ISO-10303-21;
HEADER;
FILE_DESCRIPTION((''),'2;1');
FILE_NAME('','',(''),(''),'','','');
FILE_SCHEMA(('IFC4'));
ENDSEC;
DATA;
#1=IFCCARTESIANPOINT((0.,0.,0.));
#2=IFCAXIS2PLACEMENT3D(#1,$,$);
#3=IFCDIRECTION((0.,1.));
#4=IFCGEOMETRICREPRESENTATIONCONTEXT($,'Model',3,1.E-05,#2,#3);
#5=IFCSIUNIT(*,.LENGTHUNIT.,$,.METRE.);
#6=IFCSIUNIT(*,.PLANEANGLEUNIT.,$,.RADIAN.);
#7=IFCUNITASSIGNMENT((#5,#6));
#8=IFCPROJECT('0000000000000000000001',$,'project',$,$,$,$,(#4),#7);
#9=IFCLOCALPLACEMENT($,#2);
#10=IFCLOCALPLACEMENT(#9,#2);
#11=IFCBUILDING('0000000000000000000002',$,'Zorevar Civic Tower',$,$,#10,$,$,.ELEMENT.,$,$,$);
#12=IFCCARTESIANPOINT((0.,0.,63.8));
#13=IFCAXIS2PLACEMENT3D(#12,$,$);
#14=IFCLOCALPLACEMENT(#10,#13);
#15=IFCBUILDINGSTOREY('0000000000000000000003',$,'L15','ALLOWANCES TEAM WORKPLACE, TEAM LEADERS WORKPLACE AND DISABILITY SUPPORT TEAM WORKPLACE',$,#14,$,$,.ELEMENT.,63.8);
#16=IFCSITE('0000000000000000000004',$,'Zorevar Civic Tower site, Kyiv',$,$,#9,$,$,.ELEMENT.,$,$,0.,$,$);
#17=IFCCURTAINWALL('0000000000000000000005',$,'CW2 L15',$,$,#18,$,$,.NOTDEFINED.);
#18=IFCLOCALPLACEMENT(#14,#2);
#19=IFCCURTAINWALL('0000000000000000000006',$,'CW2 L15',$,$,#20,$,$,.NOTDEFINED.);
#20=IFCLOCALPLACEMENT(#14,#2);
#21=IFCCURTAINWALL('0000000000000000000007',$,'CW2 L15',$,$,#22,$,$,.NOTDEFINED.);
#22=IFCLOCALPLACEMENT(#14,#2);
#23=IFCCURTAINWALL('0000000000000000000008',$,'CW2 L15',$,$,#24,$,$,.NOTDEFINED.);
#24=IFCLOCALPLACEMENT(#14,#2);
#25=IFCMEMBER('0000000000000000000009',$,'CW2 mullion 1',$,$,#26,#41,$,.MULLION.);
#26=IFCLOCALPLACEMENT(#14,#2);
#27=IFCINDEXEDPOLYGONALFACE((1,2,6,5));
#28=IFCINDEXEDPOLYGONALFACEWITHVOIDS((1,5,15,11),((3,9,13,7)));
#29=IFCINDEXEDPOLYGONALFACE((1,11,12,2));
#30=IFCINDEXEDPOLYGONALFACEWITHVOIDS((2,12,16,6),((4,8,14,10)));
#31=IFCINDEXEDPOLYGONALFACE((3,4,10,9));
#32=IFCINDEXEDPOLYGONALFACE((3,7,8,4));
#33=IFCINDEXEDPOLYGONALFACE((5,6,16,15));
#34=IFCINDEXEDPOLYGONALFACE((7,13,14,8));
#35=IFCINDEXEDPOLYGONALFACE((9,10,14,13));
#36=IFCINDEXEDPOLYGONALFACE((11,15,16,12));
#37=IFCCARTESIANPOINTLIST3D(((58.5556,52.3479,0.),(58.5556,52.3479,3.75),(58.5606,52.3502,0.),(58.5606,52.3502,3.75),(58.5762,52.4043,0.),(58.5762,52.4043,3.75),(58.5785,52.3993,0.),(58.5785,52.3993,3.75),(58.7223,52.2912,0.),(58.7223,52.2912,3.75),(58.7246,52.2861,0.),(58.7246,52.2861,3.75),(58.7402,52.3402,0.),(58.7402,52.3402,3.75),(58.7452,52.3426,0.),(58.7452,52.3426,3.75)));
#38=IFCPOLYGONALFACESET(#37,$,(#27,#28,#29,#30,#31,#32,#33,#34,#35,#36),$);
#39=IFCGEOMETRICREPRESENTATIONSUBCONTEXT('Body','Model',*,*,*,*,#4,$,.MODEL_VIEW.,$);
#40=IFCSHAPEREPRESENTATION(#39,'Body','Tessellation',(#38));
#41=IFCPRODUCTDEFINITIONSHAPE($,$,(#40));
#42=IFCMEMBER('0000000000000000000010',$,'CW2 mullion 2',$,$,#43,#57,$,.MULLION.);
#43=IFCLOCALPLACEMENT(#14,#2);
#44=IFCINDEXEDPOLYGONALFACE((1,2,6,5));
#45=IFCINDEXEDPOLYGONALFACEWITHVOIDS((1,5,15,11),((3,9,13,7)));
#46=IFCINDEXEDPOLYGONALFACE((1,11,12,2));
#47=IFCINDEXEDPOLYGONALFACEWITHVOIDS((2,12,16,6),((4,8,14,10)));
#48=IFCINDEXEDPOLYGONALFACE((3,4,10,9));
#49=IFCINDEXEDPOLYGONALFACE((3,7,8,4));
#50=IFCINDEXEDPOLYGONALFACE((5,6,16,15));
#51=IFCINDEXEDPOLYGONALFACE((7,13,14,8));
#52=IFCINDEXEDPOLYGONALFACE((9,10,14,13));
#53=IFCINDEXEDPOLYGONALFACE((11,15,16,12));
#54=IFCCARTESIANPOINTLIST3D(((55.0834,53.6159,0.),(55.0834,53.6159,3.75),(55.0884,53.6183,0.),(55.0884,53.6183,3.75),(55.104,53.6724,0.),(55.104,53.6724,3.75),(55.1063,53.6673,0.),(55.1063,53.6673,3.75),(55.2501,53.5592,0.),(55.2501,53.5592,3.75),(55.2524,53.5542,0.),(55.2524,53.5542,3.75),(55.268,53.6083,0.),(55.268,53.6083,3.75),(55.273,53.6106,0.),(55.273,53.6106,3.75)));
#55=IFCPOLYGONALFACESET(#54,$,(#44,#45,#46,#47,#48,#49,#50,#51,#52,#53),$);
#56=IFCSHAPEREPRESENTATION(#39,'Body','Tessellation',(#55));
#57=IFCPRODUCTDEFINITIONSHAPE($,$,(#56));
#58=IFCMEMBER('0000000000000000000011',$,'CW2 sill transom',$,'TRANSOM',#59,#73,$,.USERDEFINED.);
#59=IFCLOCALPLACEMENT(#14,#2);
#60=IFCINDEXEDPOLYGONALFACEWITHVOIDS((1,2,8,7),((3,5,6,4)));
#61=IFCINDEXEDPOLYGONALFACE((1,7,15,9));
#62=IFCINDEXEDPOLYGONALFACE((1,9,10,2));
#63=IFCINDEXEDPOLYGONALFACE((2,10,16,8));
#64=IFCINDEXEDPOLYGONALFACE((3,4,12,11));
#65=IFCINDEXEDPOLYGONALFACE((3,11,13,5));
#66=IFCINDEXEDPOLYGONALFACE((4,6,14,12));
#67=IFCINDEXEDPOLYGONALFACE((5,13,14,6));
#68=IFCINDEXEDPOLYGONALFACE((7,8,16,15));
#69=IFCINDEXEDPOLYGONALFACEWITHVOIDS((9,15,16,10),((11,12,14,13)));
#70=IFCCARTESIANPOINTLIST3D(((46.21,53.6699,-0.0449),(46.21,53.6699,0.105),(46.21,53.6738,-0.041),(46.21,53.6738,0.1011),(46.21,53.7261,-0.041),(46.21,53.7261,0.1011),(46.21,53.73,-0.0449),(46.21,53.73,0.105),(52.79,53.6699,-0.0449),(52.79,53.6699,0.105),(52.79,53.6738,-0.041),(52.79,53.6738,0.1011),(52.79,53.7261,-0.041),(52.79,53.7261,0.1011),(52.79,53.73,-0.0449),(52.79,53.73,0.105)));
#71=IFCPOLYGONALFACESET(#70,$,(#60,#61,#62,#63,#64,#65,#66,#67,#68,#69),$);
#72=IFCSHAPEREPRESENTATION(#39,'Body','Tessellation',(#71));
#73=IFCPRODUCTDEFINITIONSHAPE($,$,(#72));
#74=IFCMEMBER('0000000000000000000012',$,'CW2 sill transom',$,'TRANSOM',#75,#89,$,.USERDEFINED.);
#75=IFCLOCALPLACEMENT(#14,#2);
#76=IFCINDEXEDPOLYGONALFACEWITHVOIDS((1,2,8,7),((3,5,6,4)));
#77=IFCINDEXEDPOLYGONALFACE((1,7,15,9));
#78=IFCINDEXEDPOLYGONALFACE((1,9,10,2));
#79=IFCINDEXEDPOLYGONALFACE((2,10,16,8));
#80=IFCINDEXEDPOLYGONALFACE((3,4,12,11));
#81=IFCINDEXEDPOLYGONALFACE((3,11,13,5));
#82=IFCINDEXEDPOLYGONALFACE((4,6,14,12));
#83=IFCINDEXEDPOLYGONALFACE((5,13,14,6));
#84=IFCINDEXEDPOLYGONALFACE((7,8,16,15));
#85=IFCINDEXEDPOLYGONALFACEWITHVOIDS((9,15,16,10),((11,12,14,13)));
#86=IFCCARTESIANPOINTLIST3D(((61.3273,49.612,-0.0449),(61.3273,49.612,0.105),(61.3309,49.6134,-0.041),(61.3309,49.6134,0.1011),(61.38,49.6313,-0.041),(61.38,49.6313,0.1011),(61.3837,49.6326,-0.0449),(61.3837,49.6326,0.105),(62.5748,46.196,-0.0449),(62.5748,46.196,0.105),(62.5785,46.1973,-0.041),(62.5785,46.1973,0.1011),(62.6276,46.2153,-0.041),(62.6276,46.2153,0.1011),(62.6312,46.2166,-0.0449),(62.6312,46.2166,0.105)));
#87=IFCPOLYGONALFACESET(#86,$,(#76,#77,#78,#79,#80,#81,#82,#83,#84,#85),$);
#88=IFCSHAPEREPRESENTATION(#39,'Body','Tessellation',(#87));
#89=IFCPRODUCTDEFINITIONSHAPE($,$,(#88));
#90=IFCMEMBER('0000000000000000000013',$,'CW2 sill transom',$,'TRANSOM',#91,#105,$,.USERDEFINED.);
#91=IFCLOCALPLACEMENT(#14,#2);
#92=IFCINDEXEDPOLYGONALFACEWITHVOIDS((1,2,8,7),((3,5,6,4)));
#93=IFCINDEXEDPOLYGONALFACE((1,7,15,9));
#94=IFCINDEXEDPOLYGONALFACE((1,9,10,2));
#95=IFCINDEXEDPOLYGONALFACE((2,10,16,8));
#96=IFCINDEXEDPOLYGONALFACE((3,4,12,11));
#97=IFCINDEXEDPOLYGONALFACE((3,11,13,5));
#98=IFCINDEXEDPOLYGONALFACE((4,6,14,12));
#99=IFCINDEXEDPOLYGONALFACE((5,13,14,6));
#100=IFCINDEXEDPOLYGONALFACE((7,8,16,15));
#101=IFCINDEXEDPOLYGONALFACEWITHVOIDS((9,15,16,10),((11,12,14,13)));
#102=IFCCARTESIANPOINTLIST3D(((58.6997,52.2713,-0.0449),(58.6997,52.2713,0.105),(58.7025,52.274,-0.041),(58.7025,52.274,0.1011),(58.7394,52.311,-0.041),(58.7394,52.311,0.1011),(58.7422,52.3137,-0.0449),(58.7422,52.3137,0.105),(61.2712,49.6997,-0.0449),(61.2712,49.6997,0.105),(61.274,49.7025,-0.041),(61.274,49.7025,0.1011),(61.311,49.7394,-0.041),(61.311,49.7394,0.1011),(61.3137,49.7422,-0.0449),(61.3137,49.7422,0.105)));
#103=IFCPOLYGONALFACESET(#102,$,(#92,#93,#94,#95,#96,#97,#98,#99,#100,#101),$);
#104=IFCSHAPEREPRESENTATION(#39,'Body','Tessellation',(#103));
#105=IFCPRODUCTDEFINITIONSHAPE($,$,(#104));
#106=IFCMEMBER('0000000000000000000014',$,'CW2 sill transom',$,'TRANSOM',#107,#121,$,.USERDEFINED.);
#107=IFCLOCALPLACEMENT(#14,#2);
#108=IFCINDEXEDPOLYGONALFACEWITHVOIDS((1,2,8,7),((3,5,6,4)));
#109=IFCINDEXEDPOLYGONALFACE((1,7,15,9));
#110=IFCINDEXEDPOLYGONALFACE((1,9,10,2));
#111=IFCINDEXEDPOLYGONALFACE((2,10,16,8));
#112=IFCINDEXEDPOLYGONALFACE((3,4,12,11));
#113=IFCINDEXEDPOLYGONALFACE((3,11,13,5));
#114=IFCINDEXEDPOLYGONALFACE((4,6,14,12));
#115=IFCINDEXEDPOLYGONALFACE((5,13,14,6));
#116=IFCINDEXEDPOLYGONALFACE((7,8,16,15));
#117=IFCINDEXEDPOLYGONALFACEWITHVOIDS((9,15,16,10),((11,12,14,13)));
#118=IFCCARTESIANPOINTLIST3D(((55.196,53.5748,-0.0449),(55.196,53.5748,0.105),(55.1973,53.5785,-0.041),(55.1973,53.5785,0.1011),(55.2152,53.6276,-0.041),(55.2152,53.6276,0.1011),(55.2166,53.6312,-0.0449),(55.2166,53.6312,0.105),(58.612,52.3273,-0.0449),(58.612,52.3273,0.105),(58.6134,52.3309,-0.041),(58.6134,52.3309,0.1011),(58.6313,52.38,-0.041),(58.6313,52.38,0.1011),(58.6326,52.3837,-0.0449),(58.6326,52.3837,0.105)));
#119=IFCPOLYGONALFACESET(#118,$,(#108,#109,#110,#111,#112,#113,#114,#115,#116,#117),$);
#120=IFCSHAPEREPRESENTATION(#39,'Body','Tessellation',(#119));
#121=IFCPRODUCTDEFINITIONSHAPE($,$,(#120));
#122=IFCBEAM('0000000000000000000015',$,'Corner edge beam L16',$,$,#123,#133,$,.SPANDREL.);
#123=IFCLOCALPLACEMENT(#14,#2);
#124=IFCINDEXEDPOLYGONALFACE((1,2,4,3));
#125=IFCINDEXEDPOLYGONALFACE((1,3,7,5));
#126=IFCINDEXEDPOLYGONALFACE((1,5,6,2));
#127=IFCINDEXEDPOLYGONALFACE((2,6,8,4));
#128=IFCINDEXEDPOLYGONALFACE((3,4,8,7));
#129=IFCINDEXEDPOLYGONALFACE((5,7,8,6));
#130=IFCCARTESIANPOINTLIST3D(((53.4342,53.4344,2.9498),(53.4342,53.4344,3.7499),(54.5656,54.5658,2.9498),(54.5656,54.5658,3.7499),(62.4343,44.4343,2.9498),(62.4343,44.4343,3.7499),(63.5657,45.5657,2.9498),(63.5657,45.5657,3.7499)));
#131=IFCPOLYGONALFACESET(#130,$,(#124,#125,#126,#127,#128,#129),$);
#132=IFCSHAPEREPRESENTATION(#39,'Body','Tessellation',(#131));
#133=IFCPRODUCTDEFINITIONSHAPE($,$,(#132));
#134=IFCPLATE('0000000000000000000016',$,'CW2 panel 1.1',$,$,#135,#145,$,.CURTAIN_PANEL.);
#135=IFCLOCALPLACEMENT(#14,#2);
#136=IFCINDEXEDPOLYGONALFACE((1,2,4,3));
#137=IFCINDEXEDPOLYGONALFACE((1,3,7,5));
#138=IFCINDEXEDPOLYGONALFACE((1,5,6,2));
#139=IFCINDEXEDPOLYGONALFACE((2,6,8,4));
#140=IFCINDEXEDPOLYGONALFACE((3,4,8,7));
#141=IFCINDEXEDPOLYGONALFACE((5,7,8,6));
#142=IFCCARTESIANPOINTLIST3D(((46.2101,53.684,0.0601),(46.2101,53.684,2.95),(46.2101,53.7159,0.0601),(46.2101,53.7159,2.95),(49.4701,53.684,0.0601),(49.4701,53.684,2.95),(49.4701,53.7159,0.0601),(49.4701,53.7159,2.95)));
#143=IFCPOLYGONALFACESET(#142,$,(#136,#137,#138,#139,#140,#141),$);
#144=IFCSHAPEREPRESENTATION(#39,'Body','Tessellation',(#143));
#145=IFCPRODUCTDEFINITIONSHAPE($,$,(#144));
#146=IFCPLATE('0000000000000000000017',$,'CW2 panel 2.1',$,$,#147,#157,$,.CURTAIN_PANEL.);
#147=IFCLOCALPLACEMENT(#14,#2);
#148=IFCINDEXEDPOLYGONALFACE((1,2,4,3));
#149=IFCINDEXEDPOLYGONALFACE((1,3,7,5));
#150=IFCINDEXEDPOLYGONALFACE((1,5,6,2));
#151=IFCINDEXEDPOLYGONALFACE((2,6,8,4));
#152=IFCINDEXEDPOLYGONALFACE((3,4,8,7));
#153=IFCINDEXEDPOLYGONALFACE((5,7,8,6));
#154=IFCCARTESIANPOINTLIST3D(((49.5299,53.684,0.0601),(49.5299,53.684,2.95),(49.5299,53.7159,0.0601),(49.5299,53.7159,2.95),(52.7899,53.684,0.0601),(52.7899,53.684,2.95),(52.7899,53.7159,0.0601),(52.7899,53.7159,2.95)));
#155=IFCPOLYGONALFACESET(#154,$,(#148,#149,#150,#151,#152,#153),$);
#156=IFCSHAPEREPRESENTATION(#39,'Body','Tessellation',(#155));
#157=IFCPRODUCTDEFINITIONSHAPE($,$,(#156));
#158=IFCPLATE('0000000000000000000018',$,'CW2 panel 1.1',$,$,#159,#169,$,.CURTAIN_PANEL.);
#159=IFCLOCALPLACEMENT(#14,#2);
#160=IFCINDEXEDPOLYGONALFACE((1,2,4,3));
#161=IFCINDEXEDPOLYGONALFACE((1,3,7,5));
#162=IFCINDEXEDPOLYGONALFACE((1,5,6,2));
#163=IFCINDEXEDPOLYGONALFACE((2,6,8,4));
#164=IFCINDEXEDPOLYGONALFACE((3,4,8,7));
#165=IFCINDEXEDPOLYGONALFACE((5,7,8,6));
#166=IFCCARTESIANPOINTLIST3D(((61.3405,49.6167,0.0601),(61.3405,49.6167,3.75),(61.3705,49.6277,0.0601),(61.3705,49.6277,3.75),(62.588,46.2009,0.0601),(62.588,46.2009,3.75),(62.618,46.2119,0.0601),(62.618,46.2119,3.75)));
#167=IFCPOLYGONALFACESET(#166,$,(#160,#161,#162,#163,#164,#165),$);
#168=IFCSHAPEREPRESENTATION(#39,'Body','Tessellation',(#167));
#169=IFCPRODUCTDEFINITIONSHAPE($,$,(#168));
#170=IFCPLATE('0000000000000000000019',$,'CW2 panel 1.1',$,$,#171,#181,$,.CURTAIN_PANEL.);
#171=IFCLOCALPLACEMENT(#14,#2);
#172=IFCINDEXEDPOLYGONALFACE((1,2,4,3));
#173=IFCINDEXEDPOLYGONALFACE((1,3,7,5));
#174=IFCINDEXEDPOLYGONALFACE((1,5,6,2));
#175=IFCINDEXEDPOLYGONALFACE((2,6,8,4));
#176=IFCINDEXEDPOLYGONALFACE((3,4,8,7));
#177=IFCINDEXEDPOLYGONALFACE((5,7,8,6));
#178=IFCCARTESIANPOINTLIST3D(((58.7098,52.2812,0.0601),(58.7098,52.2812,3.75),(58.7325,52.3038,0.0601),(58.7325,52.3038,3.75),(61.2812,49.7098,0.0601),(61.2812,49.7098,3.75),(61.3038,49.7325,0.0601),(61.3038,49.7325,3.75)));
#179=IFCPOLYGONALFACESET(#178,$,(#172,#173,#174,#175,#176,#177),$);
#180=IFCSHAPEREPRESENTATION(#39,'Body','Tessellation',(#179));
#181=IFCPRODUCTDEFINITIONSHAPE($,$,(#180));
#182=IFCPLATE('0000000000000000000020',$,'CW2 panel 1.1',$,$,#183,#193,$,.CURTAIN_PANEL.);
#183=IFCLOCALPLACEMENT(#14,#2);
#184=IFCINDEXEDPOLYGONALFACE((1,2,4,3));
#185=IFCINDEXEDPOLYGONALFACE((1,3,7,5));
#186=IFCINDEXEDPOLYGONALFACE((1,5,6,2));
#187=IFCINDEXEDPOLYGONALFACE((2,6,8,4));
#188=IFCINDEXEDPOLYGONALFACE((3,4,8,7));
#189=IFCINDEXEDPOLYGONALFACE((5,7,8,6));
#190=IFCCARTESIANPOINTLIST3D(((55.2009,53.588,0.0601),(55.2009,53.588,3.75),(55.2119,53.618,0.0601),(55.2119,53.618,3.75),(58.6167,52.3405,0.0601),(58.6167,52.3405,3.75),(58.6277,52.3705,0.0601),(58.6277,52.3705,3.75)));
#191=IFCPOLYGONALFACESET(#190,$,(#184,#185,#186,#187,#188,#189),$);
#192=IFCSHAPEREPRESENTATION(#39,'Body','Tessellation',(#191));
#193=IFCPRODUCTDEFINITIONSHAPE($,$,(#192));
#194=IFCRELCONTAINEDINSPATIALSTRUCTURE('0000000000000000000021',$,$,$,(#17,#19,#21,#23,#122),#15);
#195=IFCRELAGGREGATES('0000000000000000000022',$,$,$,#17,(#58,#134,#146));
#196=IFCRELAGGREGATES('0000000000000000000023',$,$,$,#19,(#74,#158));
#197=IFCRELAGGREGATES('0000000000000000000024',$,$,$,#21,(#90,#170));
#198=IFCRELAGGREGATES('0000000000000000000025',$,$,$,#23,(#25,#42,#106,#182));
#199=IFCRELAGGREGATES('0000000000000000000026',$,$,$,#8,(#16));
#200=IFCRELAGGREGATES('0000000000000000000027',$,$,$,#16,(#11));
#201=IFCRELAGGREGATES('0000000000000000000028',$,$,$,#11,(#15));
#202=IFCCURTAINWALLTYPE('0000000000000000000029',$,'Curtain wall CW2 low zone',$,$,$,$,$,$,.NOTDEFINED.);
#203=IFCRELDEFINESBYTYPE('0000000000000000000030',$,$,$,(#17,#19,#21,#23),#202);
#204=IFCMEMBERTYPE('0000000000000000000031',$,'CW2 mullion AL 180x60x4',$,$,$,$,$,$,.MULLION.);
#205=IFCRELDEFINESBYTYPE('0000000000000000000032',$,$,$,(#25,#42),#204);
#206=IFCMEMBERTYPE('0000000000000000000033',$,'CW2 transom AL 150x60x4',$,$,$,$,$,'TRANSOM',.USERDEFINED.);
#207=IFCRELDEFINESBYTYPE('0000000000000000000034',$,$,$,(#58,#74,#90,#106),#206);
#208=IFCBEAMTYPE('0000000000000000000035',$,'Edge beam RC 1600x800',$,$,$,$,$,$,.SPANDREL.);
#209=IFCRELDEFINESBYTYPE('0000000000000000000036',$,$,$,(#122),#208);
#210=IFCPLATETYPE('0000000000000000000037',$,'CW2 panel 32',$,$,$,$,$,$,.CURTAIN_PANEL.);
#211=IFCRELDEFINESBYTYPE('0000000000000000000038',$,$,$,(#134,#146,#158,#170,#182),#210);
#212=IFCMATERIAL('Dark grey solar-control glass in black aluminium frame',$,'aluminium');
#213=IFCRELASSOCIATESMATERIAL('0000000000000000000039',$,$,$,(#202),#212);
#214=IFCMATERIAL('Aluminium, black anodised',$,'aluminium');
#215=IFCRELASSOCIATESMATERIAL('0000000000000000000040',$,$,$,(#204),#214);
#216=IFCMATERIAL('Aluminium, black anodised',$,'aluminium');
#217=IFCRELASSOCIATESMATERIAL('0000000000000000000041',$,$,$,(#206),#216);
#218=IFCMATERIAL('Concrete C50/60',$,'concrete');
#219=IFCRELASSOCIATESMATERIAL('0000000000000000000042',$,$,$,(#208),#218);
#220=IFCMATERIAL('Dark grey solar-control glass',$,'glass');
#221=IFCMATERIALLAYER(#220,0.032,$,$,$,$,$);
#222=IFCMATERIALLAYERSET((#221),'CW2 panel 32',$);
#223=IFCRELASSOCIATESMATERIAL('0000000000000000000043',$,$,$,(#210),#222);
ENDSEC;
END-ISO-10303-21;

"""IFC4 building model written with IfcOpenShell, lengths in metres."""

from ifc_helpers import new_model, si_unit, direction, frame, origin, origin_2d, place, context, subcontext, project, spatial, rectangle, hollow_rectangle, extrude, material, layer, layer_set, material_profile, profile_set, type_object, element, aggregate, save


model = new_model("IFC4")

# Units and contexts
model_context = context("Model", 3, precision=1e-05, world=origin(), true_north=direction((0.0, 1.0)))
body_context = subcontext(model_context, "Body", "Model", "MODEL_VIEW")
ifc_project = project(units=[si_unit("LENGTHUNIT", "METRE"), si_unit("PLANEANGLEUNIT", "RADIAN")], contexts=[model_context])

# Site, building, storey
site_placement = place(None, origin())
site = spatial("IfcSite", under=ifc_project, at=site_placement, Name="Zorevar Civic Tower site, Kyiv", CompositionType="ELEMENT", RefElevation=0.0)
building_placement = place(site_placement, origin())
building = spatial("IfcBuilding", under=site, at=building_placement, Name="Zorevar Civic Tower", CompositionType="ELEMENT")
storey_placement = place(building_placement, frame((0.0, 0.0, 63.8)))
storey = spatial("IfcBuildingStorey", under=building, at=storey_placement, Name="L15", Description="ALLOWANCES TEAM WORKPLACE, TEAM LEADERS WORKPLACE AND DISABILITY SUPPORT TEAM WORKPLACE", CompositionType="ELEMENT", Elevation=63.8)

# Curtain walls, members
ifc_material_1 = material(Name="Dark grey solar-control glass in black aluminium frame", Category="aluminium")
curtain_wall_type = type_object("IfcCurtainWallType", Name="Curtain wall CW2 low zone", PredefinedType="NOTDEFINED", material=ifc_material_1)
curtain_wall_1_placement = place(storey_placement, origin())
curtain_wall_1 = element("IfcCurtainWall", 1, at=curtain_wall_1_placement, inside=storey, type_object=curtain_wall_type, Name="CW2 L15", PredefinedType="NOTDEFINED")
ifc_material_2 = material(Name="Aluminium, black anodised", Category="aluminium")
ifc_material_profile_1 = material_profile(ifc_material_2, hollow_rectangle(XDim=0.0601, YDim=0.1799, WallThickness=0.0039, at=origin_2d()), Name="AL 180x60x4")
ifc_profile_set_1 = profile_set([ifc_material_profile_1], Name="Aluminium, black anodised")
member_type_1 = type_object("IfcMemberType", Name="CW2 mullion AL 180x60x4", PredefinedType="MULLION", material=ifc_profile_set_1)
curtain_wall_2_placement = place(storey_placement, origin())
curtain_wall_2 = element("IfcCurtainWall", 2, at=curtain_wall_2_placement, inside=storey, type_object=curtain_wall_type, Name="CW2 L15", PredefinedType="NOTDEFINED")
curtain_wall_3_placement = place(storey_placement, origin())
curtain_wall_3 = element("IfcCurtainWall", 3, at=curtain_wall_3_placement, inside=storey, type_object=curtain_wall_type, Name="CW2 L15", PredefinedType="NOTDEFINED")
curtain_wall_4_placement = place(storey_placement, origin())
curtain_wall_4 = element("IfcCurtainWall", 4, at=curtain_wall_4_placement, inside=storey, type_object=curtain_wall_type, Name="CW2 L15", PredefinedType="NOTDEFINED")
member_1_placement = place(storey_placement, frame((58.6504, 52.3452, 0.0), z_axis=(0.0, 0.0, 1.0), x_axis=(-0.34306, -0.939313, 0.0)))
member_1 = element("IfcMember", 5, at=member_1_placement, type_object=member_type_1, Name="CW2 mullion 1", PredefinedType="MULLION", context=body_context, shape_type="SweptSolid", body=[
    extrude(hollow_rectangle(XDim=0.0601, YDim=0.1799, WallThickness=0.0039, at=origin_2d()), origin(), (0.0, 0.0, 1.0), 3.75),
])
member_2_placement = place(storey_placement, frame((55.1782, 53.6133, 0.0), z_axis=(0.0, 0.0, 1.0), x_axis=(-0.34306, -0.939313, 0.0)))
member_2 = element("IfcMember", 6, at=member_2_placement, type_object=member_type_1, Name="CW2 mullion 2", PredefinedType="MULLION", context=body_context, shape_type="SweptSolid", body=[
    extrude(hollow_rectangle(XDim=0.0601, YDim=0.1799, WallThickness=0.0039, at=origin_2d()), origin(), (0.0, 0.0, 1.0), 3.75),
])

# Members
ifc_material_3 = material(Name="Aluminium, black anodised", Category="aluminium")
ifc_material_profile_2 = material_profile(ifc_material_3, hollow_rectangle(XDim=0.0601, YDim=0.1499, WallThickness=0.0039, at=origin_2d()), Name="AL 150x60x4")
ifc_profile_set_2 = profile_set([ifc_material_profile_2], Name="Aluminium, black anodised")
member_type_2 = type_object("IfcMemberType", Name="CW2 transom AL 150x60x4", ElementType="TRANSOM", PredefinedType="USERDEFINED", material=ifc_profile_set_2)
member_3_placement = place(storey_placement, frame((46.21, 53.7, 0.03), z_axis=(1.0, 0.0, 0.0), x_axis=(0.0, 1.0, 0.0)))
member_3 = element("IfcMember", 7, at=member_3_placement, type_object=member_type_2, Name="CW2 sill transom", ObjectType="TRANSOM", PredefinedType="USERDEFINED", context=body_context, shape_type="SweptSolid", body=[
    extrude(hollow_rectangle(XDim=0.0601, YDim=0.1499, WallThickness=0.0039, at=origin_2d()), origin(), (0.0, 0.0, 1.0), 6.5801),
])
member_4_placement = place(storey_placement, frame((62.603, 46.2063, 0.03), z_axis=(-0.343047, 0.939318, 0.0), x_axis=(-0.939318, -0.343047, 0.0)))
member_4 = element("IfcMember", 8, at=member_4_placement, type_object=member_type_2, Name="CW2 sill transom", ObjectType="TRANSOM", PredefinedType="USERDEFINED", context=body_context, shape_type="SweptSolid", body=[
    extrude(hollow_rectangle(XDim=0.0601, YDim=0.1499, WallThickness=0.0039, at=origin_2d()), origin(), (0.0, 0.0, 1.0), 3.6367),
])
member_5_placement = place(storey_placement, frame((61.2925, 49.7209, 0.03), z_axis=(-0.707107, 0.707107, 0.0), x_axis=(-0.707107, -0.707107, 0.0)))
member_5 = element("IfcMember", 9, at=member_5_placement, type_object=member_type_2, Name="CW2 sill transom", ObjectType="TRANSOM", PredefinedType="USERDEFINED", context=body_context, shape_type="SweptSolid", body=[
    extrude(hollow_rectangle(XDim=0.0601, YDim=0.1499, WallThickness=0.0039, at=origin_2d()), origin(), (0.0, 0.0, 1.0), 3.6367),
])
member_6_placement = place(storey_placement, frame((58.6223, 52.3555, 0.03), z_axis=(-0.939318, 0.343047, 0.0), x_axis=(-0.343047, -0.939318, 0.0)))
member_6 = element("IfcMember", 10, at=member_6_placement, type_object=member_type_2, Name="CW2 sill transom", ObjectType="TRANSOM", PredefinedType="USERDEFINED", context=body_context, shape_type="SweptSolid", body=[
    extrude(hollow_rectangle(XDim=0.0601, YDim=0.1499, WallThickness=0.0039, at=origin_2d()), origin(), (0.0, 0.0, 1.0), 3.6367),
])

# Beam
ifc_material_4 = material(Name="Concrete C50/60", Category="concrete")
ifc_material_profile_3 = material_profile(ifc_material_4, rectangle(XDim=1.6001, YDim=0.8, at=origin_2d()), Name="RC 1600x800")
ifc_profile_set_3 = profile_set([ifc_material_profile_3], Name="Concrete C50/60")
beam_type_1 = type_object("IfcBeamType", Name="Edge beam RC 1600x800", PredefinedType="SPANDREL", material=ifc_profile_set_3)
beam_placement = place(storey_placement, frame((63.0, 45.0, 3.3499), z_axis=(-0.707107, 0.707107, 0.0), x_axis=(-0.707107, -0.707107, 0.0)))
element("IfcBeam", 11, at=beam_placement, inside=storey, type_object=beam_type_1, Name="Corner edge beam L16", PredefinedType="SPANDREL", context=body_context, shape_type="SweptSolid", body=[
    extrude(rectangle(XDim=1.6001, YDim=0.8, at=origin_2d()), origin(), (0.0, 0.0, 1.0), 12.728),
])

# Plates
ifc_material_5 = material(Name="Dark grey solar-control glass", Category="glass")
ifc_layer_1 = layer(ifc_material_5, 0.032)
ifc_layer_set_1 = layer_set([ifc_layer_1], Name="CW2 panel 32")
plate_type = type_object("IfcPlateType", Name="CW2 panel 32", PredefinedType="CURTAIN_PANEL", material=ifc_layer_set_1)
plate_1_placement = place(storey_placement, frame((47.8401, 53.7, 0.0601), z_axis=(0.0, 0.0, 1.0), x_axis=(1.0, 0.0, 0.0)))
plate_1 = element("IfcPlate", 12, at=plate_1_placement, type_object=plate_type, Name="CW2 panel 1.1", PredefinedType="CURTAIN_PANEL", context=body_context, shape_type="SweptSolid", body=[
    extrude(rectangle(XDim=3.26, YDim=0.032, at=origin_2d()), origin(), (0.0, 0.0, 1.0), 2.8899),
])
plate_2_placement = place(storey_placement, frame((51.1599, 53.7, 0.0601), z_axis=(0.0, 0.0, 1.0), x_axis=(1.0, 0.0, 0.0)))
plate_2 = element("IfcPlate", 13, at=plate_2_placement, type_object=plate_type, Name="CW2 panel 2.1", PredefinedType="CURTAIN_PANEL", context=body_context, shape_type="SweptSolid", body=[
    extrude(rectangle(XDim=3.26, YDim=0.032, at=origin_2d()), origin(), (0.0, 0.0, 1.0), 2.8899),
])
aggregate(curtain_wall_1, [member_3, plate_1, plate_2])
plate_3_placement = place(storey_placement, frame((61.9792, 47.9143, 0.0601), z_axis=(0.0, 0.0, 1.0), x_axis=(-0.34306, 0.939313, 0.0)))
plate_3 = element("IfcPlate", 14, at=plate_3_placement, type_object=plate_type, Name="CW2 panel 1.1", PredefinedType="CURTAIN_PANEL", context=body_context, shape_type="SweptSolid", body=[
    extrude(rectangle(XDim=3.6365, YDim=0.032, at=origin_2d()), origin(), (0.0, 0.0, 1.0), 3.6899),
])
aggregate(curtain_wall_2, [member_4, plate_3])
plate_4_placement = place(storey_placement, frame((60.0068, 51.0068, 0.0601), z_axis=(0.0, 0.0, 1.0), x_axis=(-0.707107, 0.707107, 0.0)))
plate_4 = element("IfcPlate", 15, at=plate_4_placement, type_object=plate_type, Name="CW2 panel 1.1", PredefinedType="CURTAIN_PANEL", context=body_context, shape_type="SweptSolid", body=[
    extrude(rectangle(XDim=3.6365, YDim=0.032, at=origin_2d()), origin(), (0.0, 0.0, 1.0), 3.6899),
])
aggregate(curtain_wall_3, [member_5, plate_4])
plate_5_placement = place(storey_placement, frame((56.9143, 52.9792, 0.0601), z_axis=(0.0, 0.0, 1.0), x_axis=(-0.939313, 0.34306, 0.0)))
plate_5 = element("IfcPlate", 16, at=plate_5_placement, type_object=plate_type, Name="CW2 panel 1.1", PredefinedType="CURTAIN_PANEL", context=body_context, shape_type="SweptSolid", body=[
    extrude(rectangle(XDim=3.6365, YDim=0.032, at=origin_2d()), origin(), (0.0, 0.0, 1.0), 3.6899),
])
aggregate(curtain_wall_4, [member_1, member_2, member_6, plate_5])

save(model, "model.ifc")
